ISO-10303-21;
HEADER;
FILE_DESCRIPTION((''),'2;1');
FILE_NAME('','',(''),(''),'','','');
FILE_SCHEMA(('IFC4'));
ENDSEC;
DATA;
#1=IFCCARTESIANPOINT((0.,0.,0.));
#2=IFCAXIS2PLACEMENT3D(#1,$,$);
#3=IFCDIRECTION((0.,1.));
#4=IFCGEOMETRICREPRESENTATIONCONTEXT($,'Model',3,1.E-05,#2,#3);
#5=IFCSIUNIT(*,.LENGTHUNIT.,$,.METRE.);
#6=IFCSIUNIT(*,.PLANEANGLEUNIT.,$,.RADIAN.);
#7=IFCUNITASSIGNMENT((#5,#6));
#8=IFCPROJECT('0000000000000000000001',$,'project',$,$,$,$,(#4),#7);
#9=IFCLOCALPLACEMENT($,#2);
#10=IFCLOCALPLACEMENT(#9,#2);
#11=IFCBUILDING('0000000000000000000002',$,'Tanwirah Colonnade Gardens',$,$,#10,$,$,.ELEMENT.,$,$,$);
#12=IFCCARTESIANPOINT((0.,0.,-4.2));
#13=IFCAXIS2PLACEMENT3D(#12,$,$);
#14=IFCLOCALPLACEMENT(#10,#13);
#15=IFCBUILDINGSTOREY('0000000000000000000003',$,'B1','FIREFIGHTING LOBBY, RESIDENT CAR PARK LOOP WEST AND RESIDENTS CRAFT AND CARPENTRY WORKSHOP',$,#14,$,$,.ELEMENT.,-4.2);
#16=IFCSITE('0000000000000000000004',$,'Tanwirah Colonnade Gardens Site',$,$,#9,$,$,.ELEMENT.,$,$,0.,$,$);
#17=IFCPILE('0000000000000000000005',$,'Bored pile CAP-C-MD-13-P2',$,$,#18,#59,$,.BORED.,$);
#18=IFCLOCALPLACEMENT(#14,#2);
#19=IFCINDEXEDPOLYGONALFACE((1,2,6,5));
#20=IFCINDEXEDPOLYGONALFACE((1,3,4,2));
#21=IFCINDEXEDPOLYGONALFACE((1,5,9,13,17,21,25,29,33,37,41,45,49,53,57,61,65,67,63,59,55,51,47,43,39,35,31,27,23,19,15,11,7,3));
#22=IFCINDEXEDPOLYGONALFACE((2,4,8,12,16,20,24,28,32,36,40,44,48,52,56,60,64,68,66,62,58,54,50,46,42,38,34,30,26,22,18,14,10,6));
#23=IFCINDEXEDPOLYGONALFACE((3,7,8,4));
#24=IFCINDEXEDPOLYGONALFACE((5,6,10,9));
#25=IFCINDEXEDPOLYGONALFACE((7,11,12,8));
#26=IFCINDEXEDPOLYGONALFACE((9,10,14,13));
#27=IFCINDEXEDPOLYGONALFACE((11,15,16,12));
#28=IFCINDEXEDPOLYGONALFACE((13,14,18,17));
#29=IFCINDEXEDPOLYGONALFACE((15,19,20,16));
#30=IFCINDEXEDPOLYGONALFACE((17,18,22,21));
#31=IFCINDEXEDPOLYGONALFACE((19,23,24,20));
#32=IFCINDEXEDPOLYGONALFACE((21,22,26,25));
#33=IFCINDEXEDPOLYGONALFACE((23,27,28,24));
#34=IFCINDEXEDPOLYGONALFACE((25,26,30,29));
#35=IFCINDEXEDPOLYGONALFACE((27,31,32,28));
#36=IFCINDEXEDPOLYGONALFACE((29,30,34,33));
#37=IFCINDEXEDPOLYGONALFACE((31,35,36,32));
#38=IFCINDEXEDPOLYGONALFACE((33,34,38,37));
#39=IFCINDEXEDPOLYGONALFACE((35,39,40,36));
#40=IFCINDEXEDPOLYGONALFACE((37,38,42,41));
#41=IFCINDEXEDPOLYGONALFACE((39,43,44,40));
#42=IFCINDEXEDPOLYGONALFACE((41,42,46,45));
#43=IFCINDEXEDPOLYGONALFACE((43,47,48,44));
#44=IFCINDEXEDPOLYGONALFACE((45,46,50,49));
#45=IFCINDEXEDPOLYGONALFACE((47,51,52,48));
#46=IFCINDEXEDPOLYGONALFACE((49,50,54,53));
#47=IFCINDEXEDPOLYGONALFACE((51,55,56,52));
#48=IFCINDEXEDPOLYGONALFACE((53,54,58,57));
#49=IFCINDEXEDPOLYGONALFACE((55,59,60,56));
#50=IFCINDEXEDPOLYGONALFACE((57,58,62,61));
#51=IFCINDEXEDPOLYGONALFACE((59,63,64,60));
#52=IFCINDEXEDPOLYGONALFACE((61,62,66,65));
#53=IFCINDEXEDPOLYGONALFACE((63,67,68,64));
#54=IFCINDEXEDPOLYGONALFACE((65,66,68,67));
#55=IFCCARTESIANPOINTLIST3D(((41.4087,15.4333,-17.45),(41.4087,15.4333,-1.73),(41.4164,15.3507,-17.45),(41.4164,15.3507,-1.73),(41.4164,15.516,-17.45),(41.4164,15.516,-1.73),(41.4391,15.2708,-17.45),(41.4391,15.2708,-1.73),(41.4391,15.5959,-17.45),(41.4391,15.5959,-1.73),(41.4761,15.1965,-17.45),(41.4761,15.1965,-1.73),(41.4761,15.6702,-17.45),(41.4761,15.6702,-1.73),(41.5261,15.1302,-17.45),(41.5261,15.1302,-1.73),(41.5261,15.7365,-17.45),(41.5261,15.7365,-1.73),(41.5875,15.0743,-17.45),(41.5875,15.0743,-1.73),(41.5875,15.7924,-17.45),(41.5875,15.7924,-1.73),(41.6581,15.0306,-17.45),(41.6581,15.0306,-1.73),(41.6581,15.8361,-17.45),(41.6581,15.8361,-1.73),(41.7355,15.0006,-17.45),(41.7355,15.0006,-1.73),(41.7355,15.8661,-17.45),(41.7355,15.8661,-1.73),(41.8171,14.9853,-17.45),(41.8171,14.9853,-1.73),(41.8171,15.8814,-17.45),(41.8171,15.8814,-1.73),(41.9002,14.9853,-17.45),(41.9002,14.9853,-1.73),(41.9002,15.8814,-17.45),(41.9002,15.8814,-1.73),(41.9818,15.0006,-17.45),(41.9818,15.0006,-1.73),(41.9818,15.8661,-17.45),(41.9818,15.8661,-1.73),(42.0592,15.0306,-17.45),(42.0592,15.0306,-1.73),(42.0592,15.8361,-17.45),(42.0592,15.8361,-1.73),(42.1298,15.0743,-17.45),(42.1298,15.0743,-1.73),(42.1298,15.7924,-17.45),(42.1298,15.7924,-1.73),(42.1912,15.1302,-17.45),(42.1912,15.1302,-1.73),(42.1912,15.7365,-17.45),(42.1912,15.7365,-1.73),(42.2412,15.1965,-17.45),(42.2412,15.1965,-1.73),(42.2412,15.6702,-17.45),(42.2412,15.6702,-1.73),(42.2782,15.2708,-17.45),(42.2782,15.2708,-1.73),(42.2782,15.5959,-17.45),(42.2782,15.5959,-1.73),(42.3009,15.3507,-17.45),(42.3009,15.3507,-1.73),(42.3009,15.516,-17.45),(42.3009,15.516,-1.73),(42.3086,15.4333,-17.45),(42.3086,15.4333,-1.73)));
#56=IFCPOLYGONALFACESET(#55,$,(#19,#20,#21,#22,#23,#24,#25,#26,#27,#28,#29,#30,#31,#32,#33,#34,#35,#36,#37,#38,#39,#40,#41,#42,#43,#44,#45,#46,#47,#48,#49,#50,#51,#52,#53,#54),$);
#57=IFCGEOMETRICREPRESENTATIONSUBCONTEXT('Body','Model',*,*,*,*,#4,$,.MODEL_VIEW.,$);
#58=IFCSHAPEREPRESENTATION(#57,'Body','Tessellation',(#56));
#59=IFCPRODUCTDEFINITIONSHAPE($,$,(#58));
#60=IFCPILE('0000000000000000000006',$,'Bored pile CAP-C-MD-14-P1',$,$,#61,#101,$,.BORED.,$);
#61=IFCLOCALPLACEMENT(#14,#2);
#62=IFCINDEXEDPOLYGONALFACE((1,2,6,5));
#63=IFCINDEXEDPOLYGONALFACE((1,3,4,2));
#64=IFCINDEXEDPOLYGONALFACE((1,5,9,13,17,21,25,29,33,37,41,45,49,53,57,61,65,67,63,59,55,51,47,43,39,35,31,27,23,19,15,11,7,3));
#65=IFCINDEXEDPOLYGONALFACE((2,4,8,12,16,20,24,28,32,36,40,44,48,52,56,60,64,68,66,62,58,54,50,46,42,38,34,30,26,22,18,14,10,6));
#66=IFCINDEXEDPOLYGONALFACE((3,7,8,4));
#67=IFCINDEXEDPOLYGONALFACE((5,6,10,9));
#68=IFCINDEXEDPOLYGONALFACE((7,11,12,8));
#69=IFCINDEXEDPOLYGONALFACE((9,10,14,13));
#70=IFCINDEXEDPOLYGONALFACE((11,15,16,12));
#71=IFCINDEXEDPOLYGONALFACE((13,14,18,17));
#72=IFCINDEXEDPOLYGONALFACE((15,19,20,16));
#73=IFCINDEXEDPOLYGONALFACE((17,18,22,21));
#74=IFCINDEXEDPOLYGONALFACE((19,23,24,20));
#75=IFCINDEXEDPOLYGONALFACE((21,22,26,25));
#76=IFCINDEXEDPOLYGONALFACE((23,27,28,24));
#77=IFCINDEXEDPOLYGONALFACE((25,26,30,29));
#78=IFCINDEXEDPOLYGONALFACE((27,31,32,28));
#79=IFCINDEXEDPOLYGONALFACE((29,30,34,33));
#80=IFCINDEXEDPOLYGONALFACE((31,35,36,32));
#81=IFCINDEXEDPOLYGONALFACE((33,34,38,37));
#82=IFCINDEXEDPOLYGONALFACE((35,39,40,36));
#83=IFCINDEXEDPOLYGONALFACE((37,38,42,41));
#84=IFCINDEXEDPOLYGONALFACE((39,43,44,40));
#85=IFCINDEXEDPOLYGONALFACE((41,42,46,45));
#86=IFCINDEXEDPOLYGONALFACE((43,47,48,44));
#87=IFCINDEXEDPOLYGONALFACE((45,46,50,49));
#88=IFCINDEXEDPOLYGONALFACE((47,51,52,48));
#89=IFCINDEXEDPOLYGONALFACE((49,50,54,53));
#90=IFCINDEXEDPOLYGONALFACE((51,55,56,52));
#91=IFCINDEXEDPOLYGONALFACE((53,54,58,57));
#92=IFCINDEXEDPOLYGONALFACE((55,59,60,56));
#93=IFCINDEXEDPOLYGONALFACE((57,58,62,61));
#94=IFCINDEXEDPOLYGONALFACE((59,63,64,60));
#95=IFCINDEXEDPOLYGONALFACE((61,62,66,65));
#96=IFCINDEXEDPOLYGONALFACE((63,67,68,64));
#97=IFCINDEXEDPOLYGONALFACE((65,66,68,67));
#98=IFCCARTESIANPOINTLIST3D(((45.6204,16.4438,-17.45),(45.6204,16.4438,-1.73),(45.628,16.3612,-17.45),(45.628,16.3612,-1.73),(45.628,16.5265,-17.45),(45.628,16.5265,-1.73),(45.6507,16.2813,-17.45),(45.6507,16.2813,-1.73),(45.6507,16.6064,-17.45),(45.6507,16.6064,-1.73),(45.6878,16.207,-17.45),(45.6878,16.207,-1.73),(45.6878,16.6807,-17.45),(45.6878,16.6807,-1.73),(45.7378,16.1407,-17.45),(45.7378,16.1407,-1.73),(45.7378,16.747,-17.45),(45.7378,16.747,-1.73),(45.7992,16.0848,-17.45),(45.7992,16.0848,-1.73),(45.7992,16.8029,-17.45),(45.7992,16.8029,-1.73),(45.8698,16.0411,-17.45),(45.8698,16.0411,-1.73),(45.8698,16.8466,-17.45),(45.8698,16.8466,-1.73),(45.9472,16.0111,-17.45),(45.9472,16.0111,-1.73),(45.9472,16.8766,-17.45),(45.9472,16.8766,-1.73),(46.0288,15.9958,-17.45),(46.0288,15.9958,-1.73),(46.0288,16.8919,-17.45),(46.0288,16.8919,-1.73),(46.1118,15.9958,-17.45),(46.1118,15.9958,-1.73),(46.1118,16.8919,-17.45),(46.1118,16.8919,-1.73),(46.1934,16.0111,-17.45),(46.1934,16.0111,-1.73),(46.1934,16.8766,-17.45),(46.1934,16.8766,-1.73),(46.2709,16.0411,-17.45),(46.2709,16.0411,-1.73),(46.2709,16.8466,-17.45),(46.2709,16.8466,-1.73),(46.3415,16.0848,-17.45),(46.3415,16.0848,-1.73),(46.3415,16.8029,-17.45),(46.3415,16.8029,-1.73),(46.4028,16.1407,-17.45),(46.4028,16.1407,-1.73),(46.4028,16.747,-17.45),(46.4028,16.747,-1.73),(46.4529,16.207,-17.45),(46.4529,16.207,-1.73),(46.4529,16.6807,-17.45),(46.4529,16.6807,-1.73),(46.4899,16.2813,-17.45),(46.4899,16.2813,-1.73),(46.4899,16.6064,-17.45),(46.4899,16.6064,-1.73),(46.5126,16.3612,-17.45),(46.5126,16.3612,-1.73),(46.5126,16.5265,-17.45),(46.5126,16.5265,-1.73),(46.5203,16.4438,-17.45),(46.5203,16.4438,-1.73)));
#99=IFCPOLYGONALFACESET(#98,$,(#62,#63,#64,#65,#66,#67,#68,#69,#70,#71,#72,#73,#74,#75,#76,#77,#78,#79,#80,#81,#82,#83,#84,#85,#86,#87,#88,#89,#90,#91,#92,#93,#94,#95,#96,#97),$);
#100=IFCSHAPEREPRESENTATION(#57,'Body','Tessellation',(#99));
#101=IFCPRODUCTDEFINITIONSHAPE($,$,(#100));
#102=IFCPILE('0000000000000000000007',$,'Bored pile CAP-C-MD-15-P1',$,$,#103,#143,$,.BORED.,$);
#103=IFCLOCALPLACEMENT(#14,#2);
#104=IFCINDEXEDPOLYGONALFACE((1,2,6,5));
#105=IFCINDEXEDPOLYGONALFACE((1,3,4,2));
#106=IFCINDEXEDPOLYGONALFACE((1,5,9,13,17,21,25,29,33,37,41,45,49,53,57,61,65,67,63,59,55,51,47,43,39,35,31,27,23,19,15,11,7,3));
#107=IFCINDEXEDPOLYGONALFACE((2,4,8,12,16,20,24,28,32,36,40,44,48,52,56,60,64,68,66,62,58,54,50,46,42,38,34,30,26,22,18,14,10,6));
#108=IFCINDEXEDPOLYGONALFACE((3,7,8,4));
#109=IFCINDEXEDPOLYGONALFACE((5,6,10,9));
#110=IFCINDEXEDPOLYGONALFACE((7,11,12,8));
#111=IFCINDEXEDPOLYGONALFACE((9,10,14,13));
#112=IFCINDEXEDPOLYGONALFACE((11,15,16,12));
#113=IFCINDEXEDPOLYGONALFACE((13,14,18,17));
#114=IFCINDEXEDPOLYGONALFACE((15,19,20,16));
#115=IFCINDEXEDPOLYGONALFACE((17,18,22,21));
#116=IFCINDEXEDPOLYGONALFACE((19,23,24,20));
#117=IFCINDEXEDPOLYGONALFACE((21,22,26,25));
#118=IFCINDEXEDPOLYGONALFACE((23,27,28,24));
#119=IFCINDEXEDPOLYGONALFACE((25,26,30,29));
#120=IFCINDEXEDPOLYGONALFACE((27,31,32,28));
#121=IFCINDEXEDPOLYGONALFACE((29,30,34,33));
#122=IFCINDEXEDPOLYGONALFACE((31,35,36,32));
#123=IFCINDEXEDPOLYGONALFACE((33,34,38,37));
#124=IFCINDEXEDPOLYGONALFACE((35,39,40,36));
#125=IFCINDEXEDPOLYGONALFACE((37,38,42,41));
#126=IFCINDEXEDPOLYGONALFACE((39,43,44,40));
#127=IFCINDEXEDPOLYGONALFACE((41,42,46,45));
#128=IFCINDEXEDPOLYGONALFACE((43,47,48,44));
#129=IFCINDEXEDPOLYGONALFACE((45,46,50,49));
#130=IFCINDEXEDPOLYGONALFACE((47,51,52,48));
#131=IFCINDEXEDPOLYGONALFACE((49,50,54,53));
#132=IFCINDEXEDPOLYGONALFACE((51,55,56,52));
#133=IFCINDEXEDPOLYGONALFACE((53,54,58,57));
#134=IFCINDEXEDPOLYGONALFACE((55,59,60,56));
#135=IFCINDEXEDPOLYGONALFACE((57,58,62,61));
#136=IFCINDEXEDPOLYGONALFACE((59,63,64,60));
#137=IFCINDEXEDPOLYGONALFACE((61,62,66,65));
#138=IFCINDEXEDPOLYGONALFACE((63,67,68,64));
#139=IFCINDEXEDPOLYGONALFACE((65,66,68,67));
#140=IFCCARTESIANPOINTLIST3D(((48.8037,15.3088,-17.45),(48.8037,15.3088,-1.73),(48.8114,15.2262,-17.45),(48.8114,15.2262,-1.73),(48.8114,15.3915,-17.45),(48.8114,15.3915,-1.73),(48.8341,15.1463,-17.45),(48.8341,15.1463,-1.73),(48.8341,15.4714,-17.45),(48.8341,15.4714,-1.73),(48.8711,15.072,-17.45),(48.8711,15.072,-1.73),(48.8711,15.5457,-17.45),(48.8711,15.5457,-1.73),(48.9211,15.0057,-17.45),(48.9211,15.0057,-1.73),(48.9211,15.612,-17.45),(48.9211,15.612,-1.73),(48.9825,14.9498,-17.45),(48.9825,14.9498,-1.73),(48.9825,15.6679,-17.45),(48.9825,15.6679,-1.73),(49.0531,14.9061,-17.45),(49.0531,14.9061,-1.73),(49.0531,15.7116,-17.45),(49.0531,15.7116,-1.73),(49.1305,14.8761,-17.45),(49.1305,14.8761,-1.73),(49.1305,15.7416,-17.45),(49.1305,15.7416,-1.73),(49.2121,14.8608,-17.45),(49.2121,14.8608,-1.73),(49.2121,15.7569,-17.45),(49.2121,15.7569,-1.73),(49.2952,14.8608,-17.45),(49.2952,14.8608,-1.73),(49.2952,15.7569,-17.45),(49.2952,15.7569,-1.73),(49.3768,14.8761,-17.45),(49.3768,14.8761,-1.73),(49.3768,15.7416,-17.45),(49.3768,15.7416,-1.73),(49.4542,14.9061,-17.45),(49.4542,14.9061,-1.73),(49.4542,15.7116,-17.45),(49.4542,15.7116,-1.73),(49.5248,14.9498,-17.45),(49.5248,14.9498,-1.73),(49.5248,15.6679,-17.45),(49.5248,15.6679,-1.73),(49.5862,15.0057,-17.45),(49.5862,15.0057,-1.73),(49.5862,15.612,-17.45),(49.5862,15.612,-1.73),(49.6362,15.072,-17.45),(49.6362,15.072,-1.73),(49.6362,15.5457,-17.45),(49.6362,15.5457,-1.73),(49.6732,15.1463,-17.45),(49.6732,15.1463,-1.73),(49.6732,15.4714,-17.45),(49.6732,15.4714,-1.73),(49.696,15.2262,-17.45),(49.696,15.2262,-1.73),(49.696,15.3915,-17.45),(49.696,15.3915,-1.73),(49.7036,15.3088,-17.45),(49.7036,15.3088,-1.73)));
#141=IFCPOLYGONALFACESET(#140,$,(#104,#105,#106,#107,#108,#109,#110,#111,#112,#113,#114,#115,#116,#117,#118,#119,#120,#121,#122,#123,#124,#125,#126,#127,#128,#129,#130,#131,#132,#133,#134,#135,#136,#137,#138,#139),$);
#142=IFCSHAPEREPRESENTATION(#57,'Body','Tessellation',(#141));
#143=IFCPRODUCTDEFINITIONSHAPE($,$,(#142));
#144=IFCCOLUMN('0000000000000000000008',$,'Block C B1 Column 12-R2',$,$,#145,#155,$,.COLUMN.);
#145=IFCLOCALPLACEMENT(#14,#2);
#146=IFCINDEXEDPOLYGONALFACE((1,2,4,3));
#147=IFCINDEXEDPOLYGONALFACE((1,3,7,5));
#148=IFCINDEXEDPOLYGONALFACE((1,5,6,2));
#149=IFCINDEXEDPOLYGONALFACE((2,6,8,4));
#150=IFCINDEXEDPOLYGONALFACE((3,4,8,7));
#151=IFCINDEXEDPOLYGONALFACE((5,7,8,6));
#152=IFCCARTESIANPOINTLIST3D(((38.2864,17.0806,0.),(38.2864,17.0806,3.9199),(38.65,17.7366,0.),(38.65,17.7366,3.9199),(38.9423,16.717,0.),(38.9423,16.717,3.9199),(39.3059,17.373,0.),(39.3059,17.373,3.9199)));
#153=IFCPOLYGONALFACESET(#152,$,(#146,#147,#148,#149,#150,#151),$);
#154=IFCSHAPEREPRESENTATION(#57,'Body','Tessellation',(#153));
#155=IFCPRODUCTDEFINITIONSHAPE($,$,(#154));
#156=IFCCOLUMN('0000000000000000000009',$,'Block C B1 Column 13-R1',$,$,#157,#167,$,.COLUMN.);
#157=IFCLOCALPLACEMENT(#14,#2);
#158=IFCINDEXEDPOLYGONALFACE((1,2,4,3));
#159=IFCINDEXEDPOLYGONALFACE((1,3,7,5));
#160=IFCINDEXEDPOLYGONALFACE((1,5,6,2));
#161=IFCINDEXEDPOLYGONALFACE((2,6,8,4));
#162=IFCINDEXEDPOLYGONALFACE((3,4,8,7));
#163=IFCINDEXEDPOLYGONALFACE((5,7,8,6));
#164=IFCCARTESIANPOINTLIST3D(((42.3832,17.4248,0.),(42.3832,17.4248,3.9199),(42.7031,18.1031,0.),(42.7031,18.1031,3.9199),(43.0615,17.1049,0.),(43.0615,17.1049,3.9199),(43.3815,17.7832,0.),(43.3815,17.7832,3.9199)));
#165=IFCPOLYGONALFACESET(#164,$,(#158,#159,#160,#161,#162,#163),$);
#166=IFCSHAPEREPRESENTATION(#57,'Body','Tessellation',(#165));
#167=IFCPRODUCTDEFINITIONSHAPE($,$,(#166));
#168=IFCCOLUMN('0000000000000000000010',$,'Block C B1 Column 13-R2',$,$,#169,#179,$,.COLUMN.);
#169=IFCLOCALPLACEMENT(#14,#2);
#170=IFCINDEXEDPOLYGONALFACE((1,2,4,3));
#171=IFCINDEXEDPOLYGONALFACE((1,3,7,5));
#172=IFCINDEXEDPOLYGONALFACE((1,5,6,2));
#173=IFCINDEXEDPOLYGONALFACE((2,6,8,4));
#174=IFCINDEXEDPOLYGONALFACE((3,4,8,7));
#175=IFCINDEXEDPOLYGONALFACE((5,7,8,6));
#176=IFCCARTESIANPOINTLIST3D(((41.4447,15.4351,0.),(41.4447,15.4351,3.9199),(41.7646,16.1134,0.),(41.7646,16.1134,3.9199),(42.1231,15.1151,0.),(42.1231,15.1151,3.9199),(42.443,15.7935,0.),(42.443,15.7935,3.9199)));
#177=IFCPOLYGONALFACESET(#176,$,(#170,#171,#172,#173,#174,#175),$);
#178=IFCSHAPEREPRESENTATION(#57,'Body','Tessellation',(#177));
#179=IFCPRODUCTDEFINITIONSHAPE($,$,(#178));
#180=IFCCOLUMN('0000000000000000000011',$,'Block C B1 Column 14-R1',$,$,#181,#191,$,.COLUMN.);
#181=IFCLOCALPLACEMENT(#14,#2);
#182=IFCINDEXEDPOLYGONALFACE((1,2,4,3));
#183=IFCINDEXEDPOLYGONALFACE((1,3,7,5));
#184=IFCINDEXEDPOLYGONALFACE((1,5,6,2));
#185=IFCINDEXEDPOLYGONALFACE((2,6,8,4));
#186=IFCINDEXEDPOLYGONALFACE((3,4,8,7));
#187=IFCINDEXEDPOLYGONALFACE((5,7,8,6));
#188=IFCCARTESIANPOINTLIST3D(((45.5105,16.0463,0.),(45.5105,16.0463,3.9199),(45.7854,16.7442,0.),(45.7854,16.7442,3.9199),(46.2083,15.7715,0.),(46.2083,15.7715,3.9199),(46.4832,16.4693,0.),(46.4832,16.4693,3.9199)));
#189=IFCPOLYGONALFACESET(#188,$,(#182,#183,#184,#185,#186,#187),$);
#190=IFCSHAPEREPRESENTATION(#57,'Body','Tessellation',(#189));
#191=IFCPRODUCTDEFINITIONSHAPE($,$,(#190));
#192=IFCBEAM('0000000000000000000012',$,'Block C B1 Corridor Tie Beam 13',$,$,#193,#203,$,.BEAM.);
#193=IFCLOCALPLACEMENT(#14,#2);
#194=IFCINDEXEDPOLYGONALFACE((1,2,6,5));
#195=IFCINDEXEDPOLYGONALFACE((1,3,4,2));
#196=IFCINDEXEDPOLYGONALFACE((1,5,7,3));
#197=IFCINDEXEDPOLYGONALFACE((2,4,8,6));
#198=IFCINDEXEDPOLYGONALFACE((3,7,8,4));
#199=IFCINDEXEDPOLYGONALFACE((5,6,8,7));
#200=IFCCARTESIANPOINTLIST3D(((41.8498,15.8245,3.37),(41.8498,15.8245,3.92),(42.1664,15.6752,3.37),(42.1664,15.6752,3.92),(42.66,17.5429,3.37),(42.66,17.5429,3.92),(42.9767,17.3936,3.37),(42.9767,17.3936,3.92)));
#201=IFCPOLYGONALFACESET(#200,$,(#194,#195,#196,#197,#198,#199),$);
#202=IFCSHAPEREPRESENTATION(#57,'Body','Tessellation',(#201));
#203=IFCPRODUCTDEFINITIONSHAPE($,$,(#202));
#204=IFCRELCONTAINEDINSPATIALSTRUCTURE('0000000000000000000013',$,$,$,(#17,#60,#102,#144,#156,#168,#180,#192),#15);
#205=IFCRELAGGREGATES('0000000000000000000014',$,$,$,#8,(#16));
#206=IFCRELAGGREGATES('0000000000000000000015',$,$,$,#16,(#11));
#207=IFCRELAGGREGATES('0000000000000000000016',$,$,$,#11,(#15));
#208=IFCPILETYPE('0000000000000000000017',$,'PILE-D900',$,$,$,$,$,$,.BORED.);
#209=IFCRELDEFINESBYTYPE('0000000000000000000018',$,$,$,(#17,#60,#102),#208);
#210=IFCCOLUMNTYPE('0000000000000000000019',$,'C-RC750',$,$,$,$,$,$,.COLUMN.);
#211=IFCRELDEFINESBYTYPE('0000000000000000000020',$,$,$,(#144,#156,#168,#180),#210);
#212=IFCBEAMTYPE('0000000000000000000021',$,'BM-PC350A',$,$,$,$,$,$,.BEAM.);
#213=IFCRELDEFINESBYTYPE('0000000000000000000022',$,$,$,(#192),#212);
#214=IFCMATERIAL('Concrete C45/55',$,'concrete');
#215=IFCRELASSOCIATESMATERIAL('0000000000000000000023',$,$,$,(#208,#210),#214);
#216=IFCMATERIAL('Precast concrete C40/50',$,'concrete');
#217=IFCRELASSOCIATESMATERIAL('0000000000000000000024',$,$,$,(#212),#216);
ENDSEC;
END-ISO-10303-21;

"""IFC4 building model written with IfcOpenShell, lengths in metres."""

from ifc_helpers import new_model, si_unit, direction, frame, origin, origin_2d, place, context, subcontext, project, spatial, rectangle, circle, extrude, material, material_profile, profile_set, type_object, element, save


model = new_model("IFC4")

# Units and contexts
model_context = context("Model", 3, precision=1e-05, world=origin(), true_north=direction((0.0, 1.0)))
body_context = subcontext(model_context, "Body", "Model", "MODEL_VIEW")
ifc_project = project(units=[si_unit("LENGTHUNIT", "METRE"), si_unit("PLANEANGLEUNIT", "RADIAN")], contexts=[model_context])

# Site, building, storey
site_placement = place(None, origin())
site = spatial("IfcSite", under=ifc_project, at=site_placement, Name="Tanwirah Colonnade Gardens Site", CompositionType="ELEMENT", RefElevation=0.0)
building_placement = place(site_placement, origin())
building = spatial("IfcBuilding", under=site, at=building_placement, Name="Tanwirah Colonnade Gardens", CompositionType="ELEMENT")
storey_placement = place(building_placement, frame((0.0, 0.0, -4.2)))
storey = spatial("IfcBuildingStorey", under=building, at=storey_placement, Name="B1", Description="FIREFIGHTING LOBBY, RESIDENT CAR PARK LOOP WEST AND RESIDENTS CRAFT AND CARPENTRY WORKSHOP", CompositionType="ELEMENT", Elevation=-4.2)

# Shared definitions
ifc_material_1 = material(Name="Concrete C45/55", Category="concrete")

# Piles
ifc_material_profile_1 = material_profile(ifc_material_1, circle(Radius=0.45, at=origin_2d()), Name="PILE D900")
ifc_profile_set_1 = profile_set([ifc_material_profile_1], Name="Concrete C45/55")
pile_type_1 = type_object("IfcPileType", Name="PILE-D900", PredefinedType="BORED", material=ifc_profile_set_1)
for number, where, z_axis, x_axis, name in (
    (1, (41.8586, 15.4333, -1.73), (0.0, 0.0, -1.0), (1.0, 0.0, 0.0), "Bored pile CAP-C-MD-13-P2"),
    (2, (46.0703, 16.4438, -1.73), (0.0, 0.0, -1.0), (1.0, 0.0, 0.0), "Bored pile CAP-C-MD-14-P1"),
    (3, (49.2537, 15.3088, -1.73), (0.0, 0.0, -1.0), (1.0, 0.0, 0.0), "Bored pile CAP-C-MD-15-P1"),
):
    element("IfcPile", number, at=place(storey_placement, frame(where, z_axis=z_axis, x_axis=x_axis)), inside=storey, type_object=pile_type_1, Name=name, PredefinedType="BORED", context=body_context, shape_type="SweptSolid", body=[
        extrude(circle(Radius=0.45, at=origin_2d()), origin(), (0.0, 0.0, 1.0), 15.72),
    ])

# Columns
ifc_material_profile_2 = material_profile(ifc_material_1, rectangle(XDim=0.75, YDim=0.75, at=origin_2d()), Name="RC-COL 750x750")
ifc_profile_set_2 = profile_set([ifc_material_profile_2], Name="Concrete C45/55")
column_type = type_object("IfcColumnType", Name="C-RC750", PredefinedType="COLUMN", material=ifc_profile_set_2)
for number, where, z_axis, x_axis, name in (
    (4, (38.7961, 17.2268, 0.0), (0.0, 0.0, 1.0), (-0.48481, -0.87462, 0.0), "Block C B1 Column 12-R2"),
    (5, (42.8823, 17.604, 0.0), (0.0, 0.0, 1.0), (-0.426569, -0.904455, 0.0), "Block C B1 Column 13-R1"),
    (6, (41.9438, 15.6143, 0.0), (0.0, 0.0, 1.0), (-0.426569, -0.904455, 0.0), "Block C B1 Column 13-R2"),
    (7, (45.9968, 16.2578, 0.0), (0.0, 0.0, 1.0), (-0.366501, -0.930418, 0.0), "Block C B1 Column 14-R1"),
):
    element("IfcColumn", number, at=place(storey_placement, frame(where, z_axis=z_axis, x_axis=x_axis)), inside=storey, type_object=column_type, Name=name, PredefinedType="COLUMN", context=body_context, shape_type="SweptSolid", body=[
        extrude(rectangle(XDim=0.75, YDim=0.75, at=origin_2d()), origin(), (0.0, 0.0, 1.0), 3.9199),
    ])

# Beam
ifc_material_2 = material(Name="Precast concrete C40/50", Category="concrete")
ifc_material_profile_3 = material_profile(ifc_material_2, rectangle(XDim=0.3501, YDim=0.55, at=origin_2d()), Name="PC-BM 350x550")
ifc_profile_set_3 = profile_set([ifc_material_profile_3], Name="Precast concrete C40/50")
beam_type_1 = type_object("IfcBeamType", Name="BM-PC350A", PredefinedType="BEAM", material=ifc_profile_set_3)
beam_1_placement = place(storey_placement, frame((42.8184, 17.4683, 3.645), z_axis=(-0.426484, -0.904495, 0.0), x_axis=(0.904495, -0.426484, 0.0)))
element("IfcBeam", 8, at=beam_1_placement, inside=storey, type_object=beam_type_1, Name="Block C B1 Corridor Tie Beam 13", PredefinedType="BEAM", context=body_context, shape_type="SweptSolid", body=[
    extrude(rectangle(XDim=0.3501, YDim=0.55, at=origin_2d()), origin(), (0.0, 0.0, 1.0), 1.8999),
])

save(model, "model.ifc")
